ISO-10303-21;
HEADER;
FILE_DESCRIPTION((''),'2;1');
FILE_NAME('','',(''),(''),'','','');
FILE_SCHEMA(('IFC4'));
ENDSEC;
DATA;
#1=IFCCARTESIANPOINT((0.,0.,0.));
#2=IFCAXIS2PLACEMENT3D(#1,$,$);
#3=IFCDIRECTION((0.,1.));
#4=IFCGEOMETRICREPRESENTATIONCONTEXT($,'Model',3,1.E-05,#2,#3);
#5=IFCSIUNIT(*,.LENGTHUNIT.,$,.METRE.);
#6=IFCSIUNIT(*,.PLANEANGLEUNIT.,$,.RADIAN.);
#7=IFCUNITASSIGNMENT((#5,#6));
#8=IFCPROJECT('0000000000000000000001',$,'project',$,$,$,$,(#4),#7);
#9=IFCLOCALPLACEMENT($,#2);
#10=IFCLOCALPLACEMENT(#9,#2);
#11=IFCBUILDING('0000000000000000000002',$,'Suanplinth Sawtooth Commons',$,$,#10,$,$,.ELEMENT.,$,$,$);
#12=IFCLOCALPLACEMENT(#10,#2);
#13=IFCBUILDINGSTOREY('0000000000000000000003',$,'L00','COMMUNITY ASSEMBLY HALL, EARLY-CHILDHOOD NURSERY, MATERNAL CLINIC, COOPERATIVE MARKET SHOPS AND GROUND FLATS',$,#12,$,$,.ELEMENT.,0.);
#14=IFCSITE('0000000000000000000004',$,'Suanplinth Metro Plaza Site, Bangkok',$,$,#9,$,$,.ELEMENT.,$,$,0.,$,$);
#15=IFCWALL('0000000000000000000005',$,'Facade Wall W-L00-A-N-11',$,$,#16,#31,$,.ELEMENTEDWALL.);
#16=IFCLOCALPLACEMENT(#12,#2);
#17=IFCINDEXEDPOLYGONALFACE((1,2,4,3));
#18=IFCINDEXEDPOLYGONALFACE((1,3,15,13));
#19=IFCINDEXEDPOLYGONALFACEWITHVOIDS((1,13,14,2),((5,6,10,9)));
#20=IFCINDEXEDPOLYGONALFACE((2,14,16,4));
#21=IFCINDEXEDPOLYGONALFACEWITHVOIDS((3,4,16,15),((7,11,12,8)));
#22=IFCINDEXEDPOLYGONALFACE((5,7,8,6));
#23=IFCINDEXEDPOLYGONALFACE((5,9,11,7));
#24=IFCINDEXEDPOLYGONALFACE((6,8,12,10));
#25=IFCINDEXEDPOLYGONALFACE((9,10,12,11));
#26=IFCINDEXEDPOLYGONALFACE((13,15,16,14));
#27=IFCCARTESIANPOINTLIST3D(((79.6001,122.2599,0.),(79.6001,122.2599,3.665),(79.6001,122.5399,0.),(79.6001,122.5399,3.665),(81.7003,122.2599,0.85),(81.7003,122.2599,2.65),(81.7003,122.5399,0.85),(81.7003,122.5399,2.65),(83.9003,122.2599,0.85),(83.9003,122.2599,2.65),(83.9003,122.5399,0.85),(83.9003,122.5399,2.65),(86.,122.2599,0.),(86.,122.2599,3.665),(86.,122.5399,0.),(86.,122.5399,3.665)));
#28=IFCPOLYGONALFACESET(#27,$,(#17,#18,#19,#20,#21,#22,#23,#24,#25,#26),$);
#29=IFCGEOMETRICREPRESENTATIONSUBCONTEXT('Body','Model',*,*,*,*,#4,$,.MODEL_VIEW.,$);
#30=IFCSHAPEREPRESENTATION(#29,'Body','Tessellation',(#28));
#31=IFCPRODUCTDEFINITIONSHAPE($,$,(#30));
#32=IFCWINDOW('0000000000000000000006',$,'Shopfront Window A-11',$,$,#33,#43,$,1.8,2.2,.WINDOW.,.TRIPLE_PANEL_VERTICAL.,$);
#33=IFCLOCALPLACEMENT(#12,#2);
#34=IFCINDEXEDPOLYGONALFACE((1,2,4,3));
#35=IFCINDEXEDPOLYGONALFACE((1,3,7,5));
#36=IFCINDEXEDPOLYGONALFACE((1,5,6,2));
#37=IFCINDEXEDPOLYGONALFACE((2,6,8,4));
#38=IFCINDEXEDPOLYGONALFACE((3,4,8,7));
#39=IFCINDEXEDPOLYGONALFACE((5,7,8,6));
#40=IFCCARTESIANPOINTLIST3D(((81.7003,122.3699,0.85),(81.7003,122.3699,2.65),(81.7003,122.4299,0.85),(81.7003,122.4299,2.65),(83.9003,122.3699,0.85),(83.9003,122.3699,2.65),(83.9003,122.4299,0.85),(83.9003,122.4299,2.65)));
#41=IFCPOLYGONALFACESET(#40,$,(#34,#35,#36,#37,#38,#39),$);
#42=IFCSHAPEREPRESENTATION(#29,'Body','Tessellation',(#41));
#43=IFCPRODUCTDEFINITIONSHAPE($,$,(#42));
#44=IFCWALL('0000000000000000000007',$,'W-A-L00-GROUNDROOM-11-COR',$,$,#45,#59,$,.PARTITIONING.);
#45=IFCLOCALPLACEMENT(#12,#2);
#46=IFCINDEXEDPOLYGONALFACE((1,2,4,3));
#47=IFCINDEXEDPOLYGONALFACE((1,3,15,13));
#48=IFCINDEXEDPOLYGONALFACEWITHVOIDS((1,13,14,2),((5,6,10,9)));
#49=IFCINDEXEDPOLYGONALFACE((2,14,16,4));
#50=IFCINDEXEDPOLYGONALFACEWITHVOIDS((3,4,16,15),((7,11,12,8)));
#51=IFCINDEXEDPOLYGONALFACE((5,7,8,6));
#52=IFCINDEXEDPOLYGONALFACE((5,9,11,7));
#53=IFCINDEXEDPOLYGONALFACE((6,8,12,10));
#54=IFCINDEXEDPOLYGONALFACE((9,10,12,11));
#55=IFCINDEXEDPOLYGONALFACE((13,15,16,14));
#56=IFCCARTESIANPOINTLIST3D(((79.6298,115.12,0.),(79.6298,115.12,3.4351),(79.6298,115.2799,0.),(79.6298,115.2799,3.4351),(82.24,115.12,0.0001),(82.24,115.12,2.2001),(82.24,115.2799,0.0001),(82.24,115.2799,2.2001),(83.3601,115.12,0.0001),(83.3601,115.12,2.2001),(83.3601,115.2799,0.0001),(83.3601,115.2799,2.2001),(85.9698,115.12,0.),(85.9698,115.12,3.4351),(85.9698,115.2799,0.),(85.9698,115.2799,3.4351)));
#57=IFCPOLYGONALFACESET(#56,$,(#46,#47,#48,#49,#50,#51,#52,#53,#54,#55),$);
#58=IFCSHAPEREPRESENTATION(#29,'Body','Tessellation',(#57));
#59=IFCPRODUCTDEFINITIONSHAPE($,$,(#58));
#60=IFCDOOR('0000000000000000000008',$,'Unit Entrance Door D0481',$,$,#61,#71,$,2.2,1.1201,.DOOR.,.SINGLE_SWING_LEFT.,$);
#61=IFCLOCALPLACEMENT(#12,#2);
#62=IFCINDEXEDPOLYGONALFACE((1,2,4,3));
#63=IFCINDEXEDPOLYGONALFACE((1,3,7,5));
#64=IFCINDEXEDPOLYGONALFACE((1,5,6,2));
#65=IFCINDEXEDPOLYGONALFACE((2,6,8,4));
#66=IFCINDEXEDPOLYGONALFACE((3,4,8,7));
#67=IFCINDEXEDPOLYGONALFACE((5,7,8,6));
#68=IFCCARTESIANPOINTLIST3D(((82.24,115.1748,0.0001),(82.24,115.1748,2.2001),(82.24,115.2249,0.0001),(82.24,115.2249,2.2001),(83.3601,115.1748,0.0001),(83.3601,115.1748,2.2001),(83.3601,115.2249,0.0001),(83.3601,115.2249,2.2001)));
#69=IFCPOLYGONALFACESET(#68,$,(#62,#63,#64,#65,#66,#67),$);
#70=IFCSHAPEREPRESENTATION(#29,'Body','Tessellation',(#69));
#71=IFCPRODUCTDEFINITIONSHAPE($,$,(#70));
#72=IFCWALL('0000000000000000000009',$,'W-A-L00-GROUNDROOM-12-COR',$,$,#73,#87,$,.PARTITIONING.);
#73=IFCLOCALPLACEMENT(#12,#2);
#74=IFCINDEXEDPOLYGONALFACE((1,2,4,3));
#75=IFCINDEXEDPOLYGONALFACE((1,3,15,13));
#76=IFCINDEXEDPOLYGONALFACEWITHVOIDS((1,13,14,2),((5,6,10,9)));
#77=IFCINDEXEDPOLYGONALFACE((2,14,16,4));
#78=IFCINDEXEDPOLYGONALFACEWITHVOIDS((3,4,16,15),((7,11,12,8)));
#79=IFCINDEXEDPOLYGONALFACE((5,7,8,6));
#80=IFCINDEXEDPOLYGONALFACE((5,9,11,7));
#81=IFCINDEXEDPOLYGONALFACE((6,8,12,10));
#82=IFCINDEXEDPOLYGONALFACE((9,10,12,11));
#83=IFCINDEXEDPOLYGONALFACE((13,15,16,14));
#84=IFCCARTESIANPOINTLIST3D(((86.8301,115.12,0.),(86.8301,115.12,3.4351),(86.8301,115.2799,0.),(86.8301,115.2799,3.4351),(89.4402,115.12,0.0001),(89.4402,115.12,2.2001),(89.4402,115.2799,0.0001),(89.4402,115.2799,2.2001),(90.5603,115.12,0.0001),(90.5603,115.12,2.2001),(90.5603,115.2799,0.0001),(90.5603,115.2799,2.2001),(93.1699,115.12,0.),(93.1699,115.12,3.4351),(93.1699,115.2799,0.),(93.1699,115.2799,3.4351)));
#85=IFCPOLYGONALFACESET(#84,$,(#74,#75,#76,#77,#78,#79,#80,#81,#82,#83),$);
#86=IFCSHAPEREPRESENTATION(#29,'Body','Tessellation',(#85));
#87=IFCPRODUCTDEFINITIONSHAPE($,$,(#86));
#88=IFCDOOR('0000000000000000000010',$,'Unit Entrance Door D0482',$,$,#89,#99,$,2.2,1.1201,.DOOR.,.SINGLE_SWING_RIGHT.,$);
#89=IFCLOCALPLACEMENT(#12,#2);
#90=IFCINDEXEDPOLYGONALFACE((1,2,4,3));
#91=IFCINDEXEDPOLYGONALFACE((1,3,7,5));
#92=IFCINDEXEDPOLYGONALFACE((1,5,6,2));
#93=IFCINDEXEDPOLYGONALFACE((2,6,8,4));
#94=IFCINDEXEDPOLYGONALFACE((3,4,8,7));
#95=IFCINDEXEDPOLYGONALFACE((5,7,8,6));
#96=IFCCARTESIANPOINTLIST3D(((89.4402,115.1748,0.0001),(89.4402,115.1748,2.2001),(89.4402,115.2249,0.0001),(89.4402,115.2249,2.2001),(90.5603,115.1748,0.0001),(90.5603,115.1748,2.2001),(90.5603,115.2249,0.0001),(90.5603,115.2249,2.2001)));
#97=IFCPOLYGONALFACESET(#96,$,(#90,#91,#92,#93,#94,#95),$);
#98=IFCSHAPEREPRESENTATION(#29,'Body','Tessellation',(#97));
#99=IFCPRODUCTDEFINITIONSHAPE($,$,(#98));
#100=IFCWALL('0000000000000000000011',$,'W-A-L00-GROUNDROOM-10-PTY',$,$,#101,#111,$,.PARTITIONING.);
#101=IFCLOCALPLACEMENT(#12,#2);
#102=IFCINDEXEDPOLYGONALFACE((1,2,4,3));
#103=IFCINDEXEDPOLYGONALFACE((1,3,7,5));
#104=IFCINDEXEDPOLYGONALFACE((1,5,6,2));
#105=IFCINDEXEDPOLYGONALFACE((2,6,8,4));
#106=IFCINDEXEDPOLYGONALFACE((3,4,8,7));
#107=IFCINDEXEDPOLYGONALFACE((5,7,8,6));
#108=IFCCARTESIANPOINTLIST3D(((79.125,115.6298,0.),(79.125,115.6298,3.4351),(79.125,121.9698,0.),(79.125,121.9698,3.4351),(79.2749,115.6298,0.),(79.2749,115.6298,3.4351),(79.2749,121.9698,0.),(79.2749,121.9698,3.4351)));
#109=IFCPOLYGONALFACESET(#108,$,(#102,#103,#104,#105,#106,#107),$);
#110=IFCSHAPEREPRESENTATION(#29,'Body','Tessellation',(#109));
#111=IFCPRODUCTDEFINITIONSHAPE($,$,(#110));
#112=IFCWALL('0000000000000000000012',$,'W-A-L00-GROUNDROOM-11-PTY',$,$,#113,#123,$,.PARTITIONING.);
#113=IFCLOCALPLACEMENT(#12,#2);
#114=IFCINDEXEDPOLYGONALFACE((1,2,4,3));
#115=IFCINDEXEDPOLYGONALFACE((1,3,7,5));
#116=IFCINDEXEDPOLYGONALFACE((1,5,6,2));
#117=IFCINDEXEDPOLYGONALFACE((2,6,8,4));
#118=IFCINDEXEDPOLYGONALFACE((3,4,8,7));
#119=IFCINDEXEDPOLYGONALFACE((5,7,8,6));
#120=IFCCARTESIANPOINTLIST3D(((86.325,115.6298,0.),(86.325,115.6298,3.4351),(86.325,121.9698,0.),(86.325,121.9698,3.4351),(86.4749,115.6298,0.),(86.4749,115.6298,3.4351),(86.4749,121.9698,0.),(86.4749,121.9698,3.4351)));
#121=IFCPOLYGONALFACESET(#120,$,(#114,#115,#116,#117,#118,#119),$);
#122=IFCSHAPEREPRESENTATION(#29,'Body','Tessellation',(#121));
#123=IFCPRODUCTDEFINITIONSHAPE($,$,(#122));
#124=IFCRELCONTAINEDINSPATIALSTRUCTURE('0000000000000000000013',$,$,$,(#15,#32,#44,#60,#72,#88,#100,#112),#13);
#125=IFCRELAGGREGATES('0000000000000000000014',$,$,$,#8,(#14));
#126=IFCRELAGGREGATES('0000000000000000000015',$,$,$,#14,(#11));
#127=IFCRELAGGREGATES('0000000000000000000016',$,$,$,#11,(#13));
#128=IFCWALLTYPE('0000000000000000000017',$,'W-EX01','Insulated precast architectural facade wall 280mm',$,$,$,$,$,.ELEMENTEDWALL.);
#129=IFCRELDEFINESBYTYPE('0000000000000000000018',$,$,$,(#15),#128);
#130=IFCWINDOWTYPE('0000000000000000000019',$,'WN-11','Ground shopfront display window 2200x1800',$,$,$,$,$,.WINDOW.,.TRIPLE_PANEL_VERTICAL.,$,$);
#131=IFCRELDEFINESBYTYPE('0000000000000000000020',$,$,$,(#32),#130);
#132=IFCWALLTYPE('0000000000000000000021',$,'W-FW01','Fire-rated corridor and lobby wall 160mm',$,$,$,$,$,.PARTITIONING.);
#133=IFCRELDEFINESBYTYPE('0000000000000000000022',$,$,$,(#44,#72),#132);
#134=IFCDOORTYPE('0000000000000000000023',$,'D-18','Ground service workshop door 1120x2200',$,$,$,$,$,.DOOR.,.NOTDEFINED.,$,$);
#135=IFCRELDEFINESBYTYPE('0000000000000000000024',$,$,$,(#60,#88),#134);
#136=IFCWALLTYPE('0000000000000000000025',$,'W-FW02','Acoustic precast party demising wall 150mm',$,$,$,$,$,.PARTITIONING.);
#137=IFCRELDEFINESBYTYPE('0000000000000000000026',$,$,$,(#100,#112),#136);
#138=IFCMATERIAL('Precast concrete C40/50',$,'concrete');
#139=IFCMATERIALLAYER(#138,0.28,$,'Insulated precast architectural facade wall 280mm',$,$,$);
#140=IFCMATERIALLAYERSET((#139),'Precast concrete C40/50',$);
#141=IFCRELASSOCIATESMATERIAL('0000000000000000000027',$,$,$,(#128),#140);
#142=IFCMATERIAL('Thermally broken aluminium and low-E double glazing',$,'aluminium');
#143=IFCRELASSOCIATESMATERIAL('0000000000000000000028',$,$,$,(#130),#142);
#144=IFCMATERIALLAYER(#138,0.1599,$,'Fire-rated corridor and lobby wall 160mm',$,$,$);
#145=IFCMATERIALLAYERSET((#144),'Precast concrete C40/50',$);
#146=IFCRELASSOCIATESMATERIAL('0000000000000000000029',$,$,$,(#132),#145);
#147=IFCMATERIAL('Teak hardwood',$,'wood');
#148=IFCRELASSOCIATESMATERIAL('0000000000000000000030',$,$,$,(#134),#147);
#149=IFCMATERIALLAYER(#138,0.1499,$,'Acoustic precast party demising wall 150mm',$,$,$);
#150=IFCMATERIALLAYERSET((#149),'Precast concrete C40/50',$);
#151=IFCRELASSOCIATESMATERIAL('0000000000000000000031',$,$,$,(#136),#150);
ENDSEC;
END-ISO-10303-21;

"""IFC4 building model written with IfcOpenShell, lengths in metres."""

from ifc_helpers import new_model, si_unit, direction, frame, frame_2d, origin, place, context, subcontext, project, spatial, rectangle, extrude, material, layer, layer_set, type_object, element, fill, save


model = new_model("IFC4")

# Units and contexts
model_context = context("Model", 3, precision=1e-05, world=origin(), true_north=direction((0.0, 1.0)))
body_context = subcontext(model_context, "Body", "Model", "MODEL_VIEW")
ifc_project = project(units=[si_unit("LENGTHUNIT", "METRE"), si_unit("PLANEANGLEUNIT", "RADIAN")], contexts=[model_context])

# Site, building, storey
site_placement = place(None, origin())
site = spatial("IfcSite", under=ifc_project, at=site_placement, Name="Suanplinth Metro Plaza Site, Bangkok", CompositionType="ELEMENT", RefElevation=0.0)
building_placement = place(site_placement, origin())
building = spatial("IfcBuilding", under=site, at=building_placement, Name="Suanplinth Sawtooth Commons", CompositionType="ELEMENT")
storey_placement = place(building_placement, origin())
storey = spatial("IfcBuildingStorey", under=building, at=storey_placement, Name="L00", Description="COMMUNITY ASSEMBLY HALL, EARLY-CHILDHOOD NURSERY, MATERNAL CLINIC, COOPERATIVE MARKET SHOPS AND GROUND FLATS", CompositionType="ELEMENT", Elevation=0.0)

# Shared definitions
ifc_material_1 = material(Name="Precast concrete C40/50", Category="concrete")

# Wall, opening, window
ifc_layer_1 = layer(ifc_material_1, 0.28, Name="Insulated precast architectural facade wall 280mm")
ifc_layer_set_1 = layer_set([ifc_layer_1], Name="Precast concrete C40/50")
wall_type_1 = type_object("IfcWallType", Name="W-EX01", Description="Insulated precast architectural facade wall 280mm", PredefinedType="ELEMENTEDWALL", material=ifc_layer_set_1)
wall_1_placement = place(storey_placement, frame((79.6001, 122.3999, 0.0), z_axis=(0.0, 0.0, 1.0), x_axis=(1.0, 0.0, 0.0)))
wall_1 = element("IfcWall", 1, at=wall_1_placement, inside=storey, type_object=wall_type_1, Name="Facade Wall W-L00-A-N-11", PredefinedType="ELEMENTEDWALL", context=body_context, shape_type="SweptSolid", body=[
    extrude(rectangle(XDim=6.3999, YDim=0.28, at=frame_2d((3.2, 0.0))), origin(), (0.0, 0.0, 1.0), 3.665),
])
opening_1_placement = place(wall_1_placement, frame((2.1001, 0.0, 0.8501)))
opening_1 = element("IfcOpeningElement", 2, at=opening_1_placement, cuts=wall_1, PredefinedType="OPENING", context=body_context, shape_type="SweptSolid", body=[
    extrude(rectangle(XDim=2.2, YDim=1.8, at=frame_2d((1.1001, 0.8999))), frame((0.0, 0.1548, 0.0), z_axis=(0.0, -1.0, 0.0), x_axis=(1.0, 0.0, 0.0)), (0.0, 0.0, 1.0), 0.3098),
])
ifc_material_2 = material(Name="Thermally broken aluminium and low-E double glazing", Category="aluminium")
window_type = type_object("IfcWindowType", Name="WN-11", Description="Ground shopfront display window 2200x1800", PartitioningType="TRIPLE_PANEL_VERTICAL", PredefinedType="WINDOW", material=ifc_material_2)
window_placement = place(opening_1_placement, origin())
window = element("IfcWindow", 3, at=window_placement, inside=storey, type_object=window_type, Name="Shopfront Window A-11", OverallHeight=1.8, OverallWidth=2.2, PartitioningType="TRIPLE_PANEL_VERTICAL", PredefinedType="WINDOW", context=body_context, shape_type="SweptSolid", body=[
    extrude(rectangle(XDim=2.2, YDim=1.8, at=frame_2d((1.1001, 0.8999))), frame((0.0, 0.03, 0.0), z_axis=(0.0, -1.0, 0.0), x_axis=(1.0, 0.0, 0.0)), (0.0, 0.0, 1.0), 0.0601),
])
fill(opening_1, window)

# Walls, openings, doors
ifc_layer_2 = layer(ifc_material_1, 0.1599, Name="Fire-rated corridor and lobby wall 160mm")
ifc_layer_set_2 = layer_set([ifc_layer_2], Name="Precast concrete C40/50")
wall_type_2 = type_object("IfcWallType", Name="W-FW01", Description="Fire-rated corridor and lobby wall 160mm", PredefinedType="PARTITIONING", material=ifc_layer_set_2)
wall_2_placement = place(storey_placement, frame((79.6299, 115.2, 0.0), z_axis=(0.0, 0.0, 1.0), x_axis=(1.0, 0.0, 0.0)))
wall_2 = element("IfcWall", 4, at=wall_2_placement, inside=storey, type_object=wall_type_2, Name="W-A-L00-GROUNDROOM-11-COR", PredefinedType="PARTITIONING", context=body_context, shape_type="SweptSolid", body=[
    extrude(rectangle(XDim=6.3401, YDim=0.1599, at=frame_2d((3.1699, 0.0))), origin(), (0.0, 0.0, 1.0), 3.4351),
])
opening_2_placement = place(wall_2_placement, frame((2.6101, 0.0, 0.0)))
opening_2 = element("IfcOpeningElement", 5, at=opening_2_placement, cuts=wall_2, PredefinedType="OPENING", context=body_context, shape_type="SweptSolid", body=[
    extrude(rectangle(XDim=1.1201, YDim=2.2, at=frame_2d((0.5601, 1.1001))), frame((0.0, 0.0947, 0.0), z_axis=(0.0, -1.0, 0.0), x_axis=(1.0, 0.0, 0.0)), (0.0, 0.0, 1.0), 0.1897),
])
ifc_material_3 = material(Name="Teak hardwood", Category="wood")
door_type = type_object("IfcDoorType", Name="D-18", Description="Ground service workshop door 1120x2200", OperationType="NOTDEFINED", PredefinedType="DOOR", material=ifc_material_3)
door_1_placement = place(opening_2_placement, origin())
door_1 = element("IfcDoor", 6, at=door_1_placement, inside=storey, type_object=door_type, Name="Unit Entrance Door D0481", OperationType="SINGLE_SWING_LEFT", OverallHeight=2.2, OverallWidth=1.1201, PredefinedType="DOOR", context=body_context, shape_type="SweptSolid", body=[
    extrude(rectangle(XDim=1.1201, YDim=2.2, at=frame_2d((0.5601, 1.1001))), frame((0.0, 0.0249, 0.0), z_axis=(0.0, -1.0, 0.0), x_axis=(1.0, 0.0, 0.0)), (0.0, 0.0, 1.0), 0.05),
])
fill(opening_2, door_1)
wall_3_placement = place(storey_placement, frame((86.8301, 115.2, 0.0), z_axis=(0.0, 0.0, 1.0), x_axis=(1.0, 0.0, 0.0)))
wall_3 = element("IfcWall", 7, at=wall_3_placement, inside=storey, type_object=wall_type_2, Name="W-A-L00-GROUNDROOM-12-COR", PredefinedType="PARTITIONING", context=body_context, shape_type="SweptSolid", body=[
    extrude(rectangle(XDim=6.3398, YDim=0.1599, at=frame_2d((3.1699, 0.0))), origin(), (0.0, 0.0, 1.0), 3.4351),
])
opening_3_placement = place(wall_3_placement, frame((2.6101, 0.0, 0.0)))
opening_3 = element("IfcOpeningElement", 8, at=opening_3_placement, cuts=wall_3, PredefinedType="OPENING", context=body_context, shape_type="SweptSolid", body=[
    extrude(rectangle(XDim=1.1201, YDim=2.2, at=frame_2d((0.5601, 1.1001))), frame((0.0, 0.0947, 0.0), z_axis=(0.0, -1.0, 0.0), x_axis=(1.0, 0.0, 0.0)), (0.0, 0.0, 1.0), 0.1897),
])
door_2_placement = place(opening_3_placement, origin())
door_2 = element("IfcDoor", 9, at=door_2_placement, inside=storey, type_object=door_type, Name="Unit Entrance Door D0482", OperationType="SINGLE_SWING_RIGHT", OverallHeight=2.2, OverallWidth=1.1201, PredefinedType="DOOR", context=body_context, shape_type="SweptSolid", body=[
    extrude(rectangle(XDim=1.1201, YDim=2.2, at=frame_2d((0.5601, 1.1001))), frame((0.0, 0.0249, 0.0), z_axis=(0.0, -1.0, 0.0), x_axis=(1.0, 0.0, 0.0)), (0.0, 0.0, 1.0), 0.05),
])
fill(opening_3, door_2)

# Walls
ifc_layer_3 = layer(ifc_material_1, 0.1499, Name="Acoustic precast party demising wall 150mm")
ifc_layer_set_3 = layer_set([ifc_layer_3], Name="Precast concrete C40/50")
wall_type_3 = type_object("IfcWallType", Name="W-FW02", Description="Acoustic precast party demising wall 150mm", PredefinedType="PARTITIONING", material=ifc_layer_set_3)
for number, where, z_axis, x_axis, name in (
    (10, (79.2, 115.6299, 0.0), (0.0, 0.0, 1.0), (0.0, 1.0, 0.0), "W-A-L00-GROUNDROOM-10-PTY"),
    (11, (86.3999, 115.6299, 0.0), (0.0, 0.0, 1.0), (0.0, 1.0, 0.0), "W-A-L00-GROUNDROOM-11-PTY"),
):
    element("IfcWall", number, at=place(storey_placement, frame(where, z_axis=z_axis, x_axis=x_axis)), inside=storey, type_object=wall_type_3, Name=name, PredefinedType="PARTITIONING", context=body_context, shape_type="SweptSolid", body=[
        extrude(rectangle(XDim=6.3401, YDim=0.1499, at=frame_2d((3.1699, 0.0))), origin(), (0.0, 0.0, 1.0), 3.4351),
    ])

save(model, "model.ifc")
